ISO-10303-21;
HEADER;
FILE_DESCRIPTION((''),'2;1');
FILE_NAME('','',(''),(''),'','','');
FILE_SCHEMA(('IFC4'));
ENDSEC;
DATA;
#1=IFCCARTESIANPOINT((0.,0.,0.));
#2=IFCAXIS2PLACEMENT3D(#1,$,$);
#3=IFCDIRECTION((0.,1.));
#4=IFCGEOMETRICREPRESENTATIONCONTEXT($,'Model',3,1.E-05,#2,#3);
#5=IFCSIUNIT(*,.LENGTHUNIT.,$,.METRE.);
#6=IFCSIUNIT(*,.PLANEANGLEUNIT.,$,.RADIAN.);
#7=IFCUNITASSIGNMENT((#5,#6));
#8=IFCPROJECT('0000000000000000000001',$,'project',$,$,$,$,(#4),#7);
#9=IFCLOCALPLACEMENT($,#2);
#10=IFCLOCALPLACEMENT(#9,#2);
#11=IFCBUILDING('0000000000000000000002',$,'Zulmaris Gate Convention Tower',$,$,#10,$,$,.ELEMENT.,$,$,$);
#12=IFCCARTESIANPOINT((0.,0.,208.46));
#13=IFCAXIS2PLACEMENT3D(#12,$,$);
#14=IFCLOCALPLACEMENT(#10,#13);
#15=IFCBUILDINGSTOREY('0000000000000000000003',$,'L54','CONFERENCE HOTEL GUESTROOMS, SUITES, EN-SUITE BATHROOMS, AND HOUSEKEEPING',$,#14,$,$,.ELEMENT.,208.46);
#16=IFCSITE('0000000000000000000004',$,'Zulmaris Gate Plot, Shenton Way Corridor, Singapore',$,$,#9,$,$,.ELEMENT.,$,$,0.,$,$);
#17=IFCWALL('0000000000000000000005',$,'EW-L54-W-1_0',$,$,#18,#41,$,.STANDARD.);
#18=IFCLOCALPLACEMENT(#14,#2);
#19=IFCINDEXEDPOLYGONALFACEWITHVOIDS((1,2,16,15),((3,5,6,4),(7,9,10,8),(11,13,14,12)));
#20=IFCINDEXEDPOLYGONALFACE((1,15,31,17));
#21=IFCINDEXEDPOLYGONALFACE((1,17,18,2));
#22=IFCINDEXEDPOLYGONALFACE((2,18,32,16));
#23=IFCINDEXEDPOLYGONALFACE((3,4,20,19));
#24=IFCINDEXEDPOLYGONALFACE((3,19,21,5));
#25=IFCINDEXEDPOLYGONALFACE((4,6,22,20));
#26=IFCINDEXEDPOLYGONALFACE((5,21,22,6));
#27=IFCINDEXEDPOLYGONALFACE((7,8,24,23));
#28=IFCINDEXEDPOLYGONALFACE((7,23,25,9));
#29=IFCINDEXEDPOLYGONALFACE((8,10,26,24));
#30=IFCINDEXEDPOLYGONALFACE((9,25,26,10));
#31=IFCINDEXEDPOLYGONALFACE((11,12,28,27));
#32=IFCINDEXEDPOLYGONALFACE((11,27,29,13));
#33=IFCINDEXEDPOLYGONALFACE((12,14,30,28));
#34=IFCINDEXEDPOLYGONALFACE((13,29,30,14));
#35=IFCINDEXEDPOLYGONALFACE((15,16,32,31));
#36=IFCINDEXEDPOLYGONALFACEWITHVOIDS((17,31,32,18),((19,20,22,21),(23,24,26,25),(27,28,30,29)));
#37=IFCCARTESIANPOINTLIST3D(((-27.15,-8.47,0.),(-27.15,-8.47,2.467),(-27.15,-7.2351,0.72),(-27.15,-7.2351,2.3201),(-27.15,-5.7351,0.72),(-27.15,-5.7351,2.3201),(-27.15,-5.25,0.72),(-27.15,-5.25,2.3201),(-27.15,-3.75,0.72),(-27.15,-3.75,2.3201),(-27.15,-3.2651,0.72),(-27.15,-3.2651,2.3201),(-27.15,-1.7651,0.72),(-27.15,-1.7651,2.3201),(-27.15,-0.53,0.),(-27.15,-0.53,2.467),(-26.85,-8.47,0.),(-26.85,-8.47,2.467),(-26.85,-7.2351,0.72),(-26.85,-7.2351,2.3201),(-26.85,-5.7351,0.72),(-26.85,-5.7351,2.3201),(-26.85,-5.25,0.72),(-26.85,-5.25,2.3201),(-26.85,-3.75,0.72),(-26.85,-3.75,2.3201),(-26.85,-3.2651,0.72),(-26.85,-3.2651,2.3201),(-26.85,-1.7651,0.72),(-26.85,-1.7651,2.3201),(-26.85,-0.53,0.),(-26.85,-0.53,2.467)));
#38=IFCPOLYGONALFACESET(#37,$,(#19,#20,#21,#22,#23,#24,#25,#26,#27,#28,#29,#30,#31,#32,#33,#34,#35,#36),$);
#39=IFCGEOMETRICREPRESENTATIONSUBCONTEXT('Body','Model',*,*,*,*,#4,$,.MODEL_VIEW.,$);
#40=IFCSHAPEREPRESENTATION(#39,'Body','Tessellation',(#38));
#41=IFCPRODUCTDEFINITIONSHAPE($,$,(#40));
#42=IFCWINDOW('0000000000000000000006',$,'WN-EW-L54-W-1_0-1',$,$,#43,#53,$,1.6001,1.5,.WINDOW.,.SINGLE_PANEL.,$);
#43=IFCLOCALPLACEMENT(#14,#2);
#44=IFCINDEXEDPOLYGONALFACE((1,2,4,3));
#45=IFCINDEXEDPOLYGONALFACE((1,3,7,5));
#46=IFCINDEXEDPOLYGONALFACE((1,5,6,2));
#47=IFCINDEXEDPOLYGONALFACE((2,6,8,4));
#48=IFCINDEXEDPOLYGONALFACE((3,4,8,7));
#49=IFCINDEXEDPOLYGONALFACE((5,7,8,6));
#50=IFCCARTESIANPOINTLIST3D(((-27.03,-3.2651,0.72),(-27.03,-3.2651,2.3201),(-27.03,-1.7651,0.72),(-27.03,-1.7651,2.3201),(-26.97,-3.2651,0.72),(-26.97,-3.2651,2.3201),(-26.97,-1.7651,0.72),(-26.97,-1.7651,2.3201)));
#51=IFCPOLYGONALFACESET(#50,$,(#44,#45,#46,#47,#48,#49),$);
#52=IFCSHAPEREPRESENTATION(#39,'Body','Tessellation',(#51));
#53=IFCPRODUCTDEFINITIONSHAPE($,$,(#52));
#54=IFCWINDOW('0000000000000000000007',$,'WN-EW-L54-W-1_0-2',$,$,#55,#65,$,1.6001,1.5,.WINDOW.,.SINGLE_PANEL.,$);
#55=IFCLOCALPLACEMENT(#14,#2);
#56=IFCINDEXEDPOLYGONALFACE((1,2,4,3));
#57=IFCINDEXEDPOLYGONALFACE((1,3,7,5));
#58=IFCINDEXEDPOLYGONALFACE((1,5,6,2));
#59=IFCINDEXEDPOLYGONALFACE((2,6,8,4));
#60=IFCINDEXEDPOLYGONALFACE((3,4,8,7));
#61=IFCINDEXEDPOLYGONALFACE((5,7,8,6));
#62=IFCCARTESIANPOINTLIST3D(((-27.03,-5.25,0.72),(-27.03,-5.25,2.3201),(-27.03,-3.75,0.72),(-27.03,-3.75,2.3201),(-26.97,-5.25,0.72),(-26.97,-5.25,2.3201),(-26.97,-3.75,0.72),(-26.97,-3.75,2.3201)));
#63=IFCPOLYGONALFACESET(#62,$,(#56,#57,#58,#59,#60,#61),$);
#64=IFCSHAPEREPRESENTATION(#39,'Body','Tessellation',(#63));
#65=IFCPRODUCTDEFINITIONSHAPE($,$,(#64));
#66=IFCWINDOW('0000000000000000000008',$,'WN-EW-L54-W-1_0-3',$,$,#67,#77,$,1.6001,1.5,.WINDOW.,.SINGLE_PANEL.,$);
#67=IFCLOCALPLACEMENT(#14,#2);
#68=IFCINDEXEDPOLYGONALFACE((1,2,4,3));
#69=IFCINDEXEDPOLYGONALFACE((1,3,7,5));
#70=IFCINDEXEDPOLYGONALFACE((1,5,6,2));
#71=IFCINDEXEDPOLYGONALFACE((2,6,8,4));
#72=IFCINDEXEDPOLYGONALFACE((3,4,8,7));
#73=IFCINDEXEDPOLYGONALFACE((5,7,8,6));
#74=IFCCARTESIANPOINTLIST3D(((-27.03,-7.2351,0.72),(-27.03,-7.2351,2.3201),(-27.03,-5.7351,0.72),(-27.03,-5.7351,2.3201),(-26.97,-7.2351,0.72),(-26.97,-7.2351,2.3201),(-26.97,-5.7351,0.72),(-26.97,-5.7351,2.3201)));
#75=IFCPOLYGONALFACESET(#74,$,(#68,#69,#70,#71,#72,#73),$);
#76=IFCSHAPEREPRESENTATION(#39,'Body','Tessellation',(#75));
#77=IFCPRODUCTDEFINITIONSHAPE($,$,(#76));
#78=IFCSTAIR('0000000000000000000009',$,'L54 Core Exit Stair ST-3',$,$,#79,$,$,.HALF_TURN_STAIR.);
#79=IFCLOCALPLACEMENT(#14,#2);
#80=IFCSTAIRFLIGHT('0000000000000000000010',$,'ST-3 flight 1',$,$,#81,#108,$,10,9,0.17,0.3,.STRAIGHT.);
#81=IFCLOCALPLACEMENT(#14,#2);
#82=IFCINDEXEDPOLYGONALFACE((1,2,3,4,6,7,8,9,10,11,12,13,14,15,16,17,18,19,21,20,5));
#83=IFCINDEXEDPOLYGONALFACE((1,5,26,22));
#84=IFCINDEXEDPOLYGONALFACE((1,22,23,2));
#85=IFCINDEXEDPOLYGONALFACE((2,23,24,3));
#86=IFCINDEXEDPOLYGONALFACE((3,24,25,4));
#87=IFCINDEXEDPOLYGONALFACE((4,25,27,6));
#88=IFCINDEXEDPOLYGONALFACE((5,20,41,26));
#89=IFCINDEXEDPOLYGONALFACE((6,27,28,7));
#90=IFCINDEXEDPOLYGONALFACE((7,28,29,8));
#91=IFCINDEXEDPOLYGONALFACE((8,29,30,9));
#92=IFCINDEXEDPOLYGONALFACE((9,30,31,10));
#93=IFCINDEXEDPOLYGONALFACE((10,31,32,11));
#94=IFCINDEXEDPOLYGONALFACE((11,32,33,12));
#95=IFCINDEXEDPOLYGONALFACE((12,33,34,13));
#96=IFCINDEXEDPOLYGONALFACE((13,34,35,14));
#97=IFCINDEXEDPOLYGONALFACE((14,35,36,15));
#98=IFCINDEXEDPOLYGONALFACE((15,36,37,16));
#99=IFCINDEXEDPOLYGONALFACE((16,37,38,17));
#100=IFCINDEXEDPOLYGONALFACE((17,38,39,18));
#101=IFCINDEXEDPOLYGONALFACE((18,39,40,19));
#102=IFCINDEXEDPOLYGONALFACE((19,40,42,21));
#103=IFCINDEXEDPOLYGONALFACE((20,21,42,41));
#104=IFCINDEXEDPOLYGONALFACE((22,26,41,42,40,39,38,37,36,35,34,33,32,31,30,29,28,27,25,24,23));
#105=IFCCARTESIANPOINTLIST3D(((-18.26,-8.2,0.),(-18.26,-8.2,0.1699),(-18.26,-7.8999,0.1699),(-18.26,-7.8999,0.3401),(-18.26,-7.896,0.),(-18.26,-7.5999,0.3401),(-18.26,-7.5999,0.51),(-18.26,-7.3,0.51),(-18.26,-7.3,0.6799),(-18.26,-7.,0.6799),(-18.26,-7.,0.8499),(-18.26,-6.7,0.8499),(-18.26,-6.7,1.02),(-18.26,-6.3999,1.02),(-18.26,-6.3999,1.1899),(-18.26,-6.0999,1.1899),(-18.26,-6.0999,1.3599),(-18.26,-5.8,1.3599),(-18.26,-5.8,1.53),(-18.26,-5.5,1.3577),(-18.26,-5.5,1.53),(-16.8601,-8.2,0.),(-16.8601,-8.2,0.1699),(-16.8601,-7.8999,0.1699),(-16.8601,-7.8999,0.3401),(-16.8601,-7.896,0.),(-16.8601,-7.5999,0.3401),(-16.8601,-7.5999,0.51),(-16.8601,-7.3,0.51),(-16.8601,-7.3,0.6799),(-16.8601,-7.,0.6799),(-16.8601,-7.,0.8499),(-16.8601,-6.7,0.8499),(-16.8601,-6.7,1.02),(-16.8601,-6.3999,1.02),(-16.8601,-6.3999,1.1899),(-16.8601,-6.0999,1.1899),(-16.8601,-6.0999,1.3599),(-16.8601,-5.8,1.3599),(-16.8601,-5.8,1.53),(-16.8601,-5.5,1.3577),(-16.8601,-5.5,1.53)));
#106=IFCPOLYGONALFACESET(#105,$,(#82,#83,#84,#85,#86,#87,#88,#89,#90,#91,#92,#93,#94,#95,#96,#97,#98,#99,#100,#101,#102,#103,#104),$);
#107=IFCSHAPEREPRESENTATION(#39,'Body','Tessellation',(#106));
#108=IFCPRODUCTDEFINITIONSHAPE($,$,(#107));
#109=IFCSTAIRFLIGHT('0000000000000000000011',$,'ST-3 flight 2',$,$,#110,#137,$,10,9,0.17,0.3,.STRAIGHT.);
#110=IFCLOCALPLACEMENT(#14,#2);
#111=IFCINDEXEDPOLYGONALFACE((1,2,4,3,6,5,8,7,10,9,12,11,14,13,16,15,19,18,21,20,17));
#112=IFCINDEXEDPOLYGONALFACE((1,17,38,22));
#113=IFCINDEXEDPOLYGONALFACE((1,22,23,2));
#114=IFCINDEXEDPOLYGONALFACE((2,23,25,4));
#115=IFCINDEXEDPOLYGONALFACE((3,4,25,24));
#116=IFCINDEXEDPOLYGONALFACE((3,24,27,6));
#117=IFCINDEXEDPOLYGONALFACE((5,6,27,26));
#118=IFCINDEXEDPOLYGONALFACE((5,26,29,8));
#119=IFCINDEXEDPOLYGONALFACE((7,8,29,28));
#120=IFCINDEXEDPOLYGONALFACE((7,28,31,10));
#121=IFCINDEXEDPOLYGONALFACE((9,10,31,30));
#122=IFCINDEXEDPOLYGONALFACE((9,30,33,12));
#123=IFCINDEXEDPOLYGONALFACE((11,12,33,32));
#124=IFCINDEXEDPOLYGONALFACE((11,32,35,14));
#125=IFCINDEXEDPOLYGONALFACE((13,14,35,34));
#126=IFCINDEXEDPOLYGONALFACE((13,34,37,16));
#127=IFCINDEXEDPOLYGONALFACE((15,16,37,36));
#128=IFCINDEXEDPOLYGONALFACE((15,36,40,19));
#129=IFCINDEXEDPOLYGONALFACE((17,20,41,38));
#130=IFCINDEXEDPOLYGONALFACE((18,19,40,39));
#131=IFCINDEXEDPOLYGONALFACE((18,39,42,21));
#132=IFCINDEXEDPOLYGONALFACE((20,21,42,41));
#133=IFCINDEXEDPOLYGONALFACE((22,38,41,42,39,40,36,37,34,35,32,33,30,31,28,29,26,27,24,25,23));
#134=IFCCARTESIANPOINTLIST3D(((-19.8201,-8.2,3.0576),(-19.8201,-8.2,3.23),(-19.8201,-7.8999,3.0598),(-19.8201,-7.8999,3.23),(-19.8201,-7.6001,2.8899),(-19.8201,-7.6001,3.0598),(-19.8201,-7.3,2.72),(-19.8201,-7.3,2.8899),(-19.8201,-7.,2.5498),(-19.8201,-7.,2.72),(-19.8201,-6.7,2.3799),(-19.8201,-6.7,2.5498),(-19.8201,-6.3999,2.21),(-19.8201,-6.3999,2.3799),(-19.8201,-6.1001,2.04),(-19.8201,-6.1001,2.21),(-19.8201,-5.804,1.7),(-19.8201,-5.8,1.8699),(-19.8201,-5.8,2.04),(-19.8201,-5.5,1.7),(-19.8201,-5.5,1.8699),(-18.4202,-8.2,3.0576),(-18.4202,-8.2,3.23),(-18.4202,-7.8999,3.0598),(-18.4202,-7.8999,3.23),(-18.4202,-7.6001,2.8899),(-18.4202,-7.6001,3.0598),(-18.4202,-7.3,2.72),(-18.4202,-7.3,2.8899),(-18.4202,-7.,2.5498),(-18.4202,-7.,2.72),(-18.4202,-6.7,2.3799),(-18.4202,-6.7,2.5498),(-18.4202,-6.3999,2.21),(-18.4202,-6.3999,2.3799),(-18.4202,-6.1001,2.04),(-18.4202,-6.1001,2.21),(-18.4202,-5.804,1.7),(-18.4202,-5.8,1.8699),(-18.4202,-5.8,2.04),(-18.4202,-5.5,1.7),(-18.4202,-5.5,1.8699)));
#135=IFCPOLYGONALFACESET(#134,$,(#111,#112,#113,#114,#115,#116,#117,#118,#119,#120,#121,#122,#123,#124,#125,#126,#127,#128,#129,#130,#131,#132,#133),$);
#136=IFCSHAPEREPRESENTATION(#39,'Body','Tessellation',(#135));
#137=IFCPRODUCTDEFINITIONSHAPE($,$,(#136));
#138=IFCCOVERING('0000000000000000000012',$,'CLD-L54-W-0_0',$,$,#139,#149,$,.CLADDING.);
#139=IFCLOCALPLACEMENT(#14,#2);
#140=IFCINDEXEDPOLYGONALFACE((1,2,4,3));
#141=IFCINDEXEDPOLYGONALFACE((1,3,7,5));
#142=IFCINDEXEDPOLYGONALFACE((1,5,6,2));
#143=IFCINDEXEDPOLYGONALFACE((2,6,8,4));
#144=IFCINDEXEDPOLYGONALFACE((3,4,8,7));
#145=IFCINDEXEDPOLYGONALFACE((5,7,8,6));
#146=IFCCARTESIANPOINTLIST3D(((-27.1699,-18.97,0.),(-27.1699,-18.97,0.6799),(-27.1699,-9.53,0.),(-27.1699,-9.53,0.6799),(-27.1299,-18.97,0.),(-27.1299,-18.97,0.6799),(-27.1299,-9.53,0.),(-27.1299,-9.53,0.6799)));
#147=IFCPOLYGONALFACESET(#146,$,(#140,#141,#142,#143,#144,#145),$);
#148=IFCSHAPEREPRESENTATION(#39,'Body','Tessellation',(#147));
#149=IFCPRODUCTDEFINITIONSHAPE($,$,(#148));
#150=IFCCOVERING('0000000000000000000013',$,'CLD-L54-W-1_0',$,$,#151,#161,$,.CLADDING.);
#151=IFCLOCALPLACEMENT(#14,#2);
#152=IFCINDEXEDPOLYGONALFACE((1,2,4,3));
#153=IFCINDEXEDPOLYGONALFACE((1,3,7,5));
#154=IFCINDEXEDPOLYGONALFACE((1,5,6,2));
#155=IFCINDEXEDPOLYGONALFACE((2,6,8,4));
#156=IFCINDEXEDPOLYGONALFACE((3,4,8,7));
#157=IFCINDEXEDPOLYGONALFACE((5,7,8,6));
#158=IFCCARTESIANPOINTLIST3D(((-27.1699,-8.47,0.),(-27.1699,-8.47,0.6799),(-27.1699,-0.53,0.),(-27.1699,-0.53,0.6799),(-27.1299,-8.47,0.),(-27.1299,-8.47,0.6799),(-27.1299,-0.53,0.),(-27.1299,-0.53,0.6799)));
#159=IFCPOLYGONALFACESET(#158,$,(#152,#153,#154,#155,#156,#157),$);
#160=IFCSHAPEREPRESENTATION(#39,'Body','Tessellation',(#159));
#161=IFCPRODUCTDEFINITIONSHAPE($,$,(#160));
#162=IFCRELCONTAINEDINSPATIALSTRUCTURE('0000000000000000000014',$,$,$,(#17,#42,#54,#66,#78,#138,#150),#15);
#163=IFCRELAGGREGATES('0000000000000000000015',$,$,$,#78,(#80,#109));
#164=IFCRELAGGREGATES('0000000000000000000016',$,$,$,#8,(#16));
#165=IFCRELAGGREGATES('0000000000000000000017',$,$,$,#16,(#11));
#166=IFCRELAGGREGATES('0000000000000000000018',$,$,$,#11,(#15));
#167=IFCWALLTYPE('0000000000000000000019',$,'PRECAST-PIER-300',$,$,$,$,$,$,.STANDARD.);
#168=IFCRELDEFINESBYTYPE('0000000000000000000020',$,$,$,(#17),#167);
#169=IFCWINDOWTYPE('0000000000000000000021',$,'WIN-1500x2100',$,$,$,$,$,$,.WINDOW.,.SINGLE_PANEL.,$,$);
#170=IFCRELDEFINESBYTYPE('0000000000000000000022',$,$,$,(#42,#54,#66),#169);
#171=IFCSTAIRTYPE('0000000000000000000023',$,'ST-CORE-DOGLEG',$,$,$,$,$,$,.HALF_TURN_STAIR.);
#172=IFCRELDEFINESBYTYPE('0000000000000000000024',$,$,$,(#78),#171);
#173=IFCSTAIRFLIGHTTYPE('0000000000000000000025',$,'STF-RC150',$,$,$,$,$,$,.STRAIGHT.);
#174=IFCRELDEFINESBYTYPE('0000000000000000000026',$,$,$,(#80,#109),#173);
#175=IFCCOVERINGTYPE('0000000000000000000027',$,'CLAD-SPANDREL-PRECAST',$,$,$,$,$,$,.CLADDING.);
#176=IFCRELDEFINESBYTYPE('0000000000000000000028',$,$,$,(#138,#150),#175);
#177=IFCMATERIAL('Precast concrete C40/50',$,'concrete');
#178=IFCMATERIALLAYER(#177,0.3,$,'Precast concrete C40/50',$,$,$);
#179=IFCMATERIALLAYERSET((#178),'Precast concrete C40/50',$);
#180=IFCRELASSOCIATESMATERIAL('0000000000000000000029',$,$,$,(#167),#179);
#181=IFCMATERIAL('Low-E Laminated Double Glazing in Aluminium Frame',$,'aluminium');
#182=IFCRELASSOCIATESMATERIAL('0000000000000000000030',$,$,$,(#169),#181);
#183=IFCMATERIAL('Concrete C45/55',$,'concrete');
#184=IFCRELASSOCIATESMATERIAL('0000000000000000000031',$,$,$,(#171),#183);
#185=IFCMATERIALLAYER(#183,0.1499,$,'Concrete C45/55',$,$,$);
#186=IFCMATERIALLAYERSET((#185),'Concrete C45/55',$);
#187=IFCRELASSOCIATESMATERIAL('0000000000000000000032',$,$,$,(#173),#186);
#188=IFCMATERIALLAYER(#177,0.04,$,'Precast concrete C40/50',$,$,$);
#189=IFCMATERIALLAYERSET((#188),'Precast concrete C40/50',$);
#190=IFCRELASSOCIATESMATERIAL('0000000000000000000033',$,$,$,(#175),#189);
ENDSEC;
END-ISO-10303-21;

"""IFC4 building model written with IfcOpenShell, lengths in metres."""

from ifc_helpers import new_model, si_unit, direction, frame, frame_2d, origin, place, context, subcontext, project, spatial, polyline, rectangle, outline, extrude, material, layer, layer_set, type_object, element, fill, aggregate, save


model = new_model("IFC4")

# Units and contexts
model_context = context("Model", 3, precision=1e-05, world=origin(), true_north=direction((0.0, 1.0)))
body_context = subcontext(model_context, "Body", "Model", "MODEL_VIEW")
ifc_project = project(units=[si_unit("LENGTHUNIT", "METRE"), si_unit("PLANEANGLEUNIT", "RADIAN")], contexts=[model_context])

# Site, building, storey
site_placement = place(None, origin())
site = spatial("IfcSite", under=ifc_project, at=site_placement, Name="Zulmaris Gate Plot, Shenton Way Corridor, Singapore", CompositionType="ELEMENT", RefElevation=0.0)
building_placement = place(site_placement, origin())
building = spatial("IfcBuilding", under=site, at=building_placement, Name="Zulmaris Gate Convention Tower", CompositionType="ELEMENT")
storey_placement = place(building_placement, frame((0.0, 0.0, 208.46)))
storey = spatial("IfcBuildingStorey", under=building, at=storey_placement, Name="L54", Description="CONFERENCE HOTEL GUESTROOMS, SUITES, EN-SUITE BATHROOMS, AND HOUSEKEEPING", CompositionType="ELEMENT", Elevation=208.46)

# Shared definitions
ifc_material_1 = material(Name="Precast concrete C40/50", Category="concrete")
ifc_layer_1 = layer(ifc_material_1, 0.3, Name="Precast concrete C40/50")
ifc_layer_set_1 = layer_set([ifc_layer_1], Name="Precast concrete C40/50")
wall_type_1 = type_object("IfcWallType", Name="PRECAST-PIER-300", PredefinedType="STANDARD", material=ifc_layer_set_1)

# Wall, openings, windows
wall_1_placement = place(storey_placement, frame((-27.0, -0.53, 0.0), z_axis=(0.0, 0.0, 1.0), x_axis=(0.0, -1.0, 0.0)))
wall_1 = element("IfcWall", 1, at=wall_1_placement, inside=storey, type_object=wall_type_1, Name="EW-L54-W-1_0", PredefinedType="STANDARD", context=body_context, shape_type="SweptSolid", body=[
    extrude(rectangle(XDim=7.9399, YDim=0.3, at=frame_2d((3.97, 0.0))), origin(), (0.0, 0.0, 1.0), 2.467),
])
opening_1_placement = place(wall_1_placement, frame((1.2351, 0.0, 0.72)))
opening_1 = element("IfcOpeningElement", 2, at=opening_1_placement, cuts=wall_1, PredefinedType="OPENING", context=body_context, shape_type="SweptSolid", body=[
    extrude(rectangle(XDim=1.5, YDim=1.6001, at=frame_2d((0.75, 0.8))), frame((0.0, 0.1602, 0.0), z_axis=(0.0, -1.0, 0.0), x_axis=(1.0, 0.0, 0.0)), (0.0, 0.0, 1.0), 0.3201),
])
opening_2_placement = place(wall_1_placement, frame((3.22, 0.0, 0.72)))
opening_2 = element("IfcOpeningElement", 3, at=opening_2_placement, cuts=wall_1, PredefinedType="OPENING", context=body_context, shape_type="SweptSolid", body=[
    extrude(rectangle(XDim=1.5, YDim=1.6001, at=frame_2d((0.75, 0.8))), frame((0.0, 0.1602, 0.0), z_axis=(0.0, -1.0, 0.0), x_axis=(1.0, 0.0, 0.0)), (0.0, 0.0, 1.0), 0.3201),
])
opening_3_placement = place(wall_1_placement, frame((5.2051, 0.0, 0.72)))
opening_3 = element("IfcOpeningElement", 4, at=opening_3_placement, cuts=wall_1, PredefinedType="OPENING", context=body_context, shape_type="SweptSolid", body=[
    extrude(rectangle(XDim=1.5, YDim=1.6001, at=frame_2d((0.75, 0.8))), frame((0.0, 0.1602, 0.0), z_axis=(0.0, -1.0, 0.0), x_axis=(1.0, 0.0, 0.0)), (0.0, 0.0, 1.0), 0.3201),
])
ifc_material_2 = material(Name="Low-E Laminated Double Glazing in Aluminium Frame", Category="aluminium")
window_type = type_object("IfcWindowType", Name="WIN-1500x2100", PartitioningType="SINGLE_PANEL", PredefinedType="WINDOW", material=ifc_material_2)
window_1_placement = place(opening_1_placement, origin())
window_1 = element("IfcWindow", 5, at=window_1_placement, inside=storey, type_object=window_type, Name="WN-EW-L54-W-1_0-1", OverallHeight=1.6001, OverallWidth=1.5, PartitioningType="SINGLE_PANEL", PredefinedType="WINDOW", context=body_context, shape_type="SweptSolid", body=[
    extrude(rectangle(XDim=1.5, YDim=1.6001, at=frame_2d((0.75, 0.8))), frame((0.0, 0.03, 0.0), z_axis=(0.0, -1.0, 0.0), x_axis=(1.0, 0.0, 0.0)), (0.0, 0.0, 1.0), 0.0601),
])
fill(opening_1, window_1)
window_2_placement = place(opening_2_placement, origin())
window_2 = element("IfcWindow", 6, at=window_2_placement, inside=storey, type_object=window_type, Name="WN-EW-L54-W-1_0-2", OverallHeight=1.6001, OverallWidth=1.5, PartitioningType="SINGLE_PANEL", PredefinedType="WINDOW", context=body_context, shape_type="SweptSolid", body=[
    extrude(rectangle(XDim=1.5, YDim=1.6001, at=frame_2d((0.75, 0.8))), frame((0.0, 0.03, 0.0), z_axis=(0.0, -1.0, 0.0), x_axis=(1.0, 0.0, 0.0)), (0.0, 0.0, 1.0), 0.0601),
])
fill(opening_2, window_2)
window_3_placement = place(opening_3_placement, origin())
window_3 = element("IfcWindow", 7, at=window_3_placement, inside=storey, type_object=window_type, Name="WN-EW-L54-W-1_0-3", OverallHeight=1.6001, OverallWidth=1.5, PartitioningType="SINGLE_PANEL", PredefinedType="WINDOW", context=body_context, shape_type="SweptSolid", body=[
    extrude(rectangle(XDim=1.5, YDim=1.6001, at=frame_2d((0.75, 0.8))), frame((0.0, 0.03, 0.0), z_axis=(0.0, -1.0, 0.0), x_axis=(1.0, 0.0, 0.0)), (0.0, 0.0, 1.0), 0.0601),
])
fill(opening_3, window_3)

# Stair, stair flights
ifc_material_3 = material(Name="Concrete C45/55", Category="concrete")
stair_type = type_object("IfcStairType", Name="ST-CORE-DOGLEG", PredefinedType="HALF_TURN_STAIR", material=ifc_material_3)
stair_placement = place(storey_placement, origin())
stair = element("IfcStair", 8, at=stair_placement, inside=storey, type_object=stair_type, Name="L54 Core Exit Stair ST-3", PredefinedType="HALF_TURN_STAIR")
ifc_layer_2 = layer(ifc_material_3, 0.1499, Name="Concrete C45/55")
ifc_layer_set_2 = layer_set([ifc_layer_2], Name="Concrete C45/55")
stair_flight_type = type_object("IfcStairFlightType", Name="STF-RC150", PredefinedType="STRAIGHT", material=ifc_layer_set_2)
stair_flight_1_placement = place(storey_placement, frame((-17.5601, -8.2, 0.0), z_axis=(0.0, 0.0, 1.0), x_axis=(0.0, 1.0, 0.0)))
stair_flight_1 = element("IfcStairFlight", 9, at=stair_flight_1_placement, type_object=stair_flight_type, Name="ST-3 flight 1", NumberOfRisers=10, NumberOfTreads=9, PredefinedType="STRAIGHT", RiserHeight=0.17, TreadLength=0.3, context=body_context, shape_type="SweptSolid", body=[
    extrude(outline(polyline([(0.0, 0.0), (0.0, 0.1699), (0.3, 0.1699), (0.3, 0.3401), (0.6001, 0.3401), (0.6001, 0.51), (0.8999, 0.51), (0.8999, 0.6799), (1.2, 0.6799), (1.2, 0.8499), (1.5, 0.8499), (1.5, 1.02), (1.8, 1.02), (1.8, 1.1899), (2.1001, 1.1899), (2.1001, 1.3599), (2.3999, 1.3599), (2.3999, 1.53), (2.7, 1.53), (2.7, 1.7), (2.7, 1.3577), (0.304, 0.0), (0.0, 0.0)])), frame((0.0, 0.7, 0.0), z_axis=(0.0, -1.0, 0.0), x_axis=(1.0, 0.0, 0.0)), (0.0, 0.0, 1.0), 1.3999),
])
stair_flight_2_placement = place(storey_placement, frame((-19.1201, -5.5, 1.7), z_axis=(0.0, 0.0, 1.0), x_axis=(0.0, -1.0, 0.0)))
stair_flight_2 = element("IfcStairFlight", 10, at=stair_flight_2_placement, type_object=stair_flight_type, Name="ST-3 flight 2", NumberOfRisers=10, NumberOfTreads=9, PredefinedType="STRAIGHT", RiserHeight=0.17, TreadLength=0.3, context=body_context, shape_type="SweptSolid", body=[
    extrude(outline(polyline([(0.0, 0.0), (0.0, 0.1699), (0.3, 0.1699), (0.3, 0.3401), (0.6001, 0.3401), (0.6001, 0.51), (0.8999, 0.51), (0.8999, 0.6799), (1.2, 0.6799), (1.2, 0.8499), (1.5, 0.8499), (1.5, 1.02), (1.8, 1.02), (1.8, 1.1899), (2.1001, 1.1899), (2.1001, 1.3599), (2.3999, 1.3599), (2.3999, 1.53), (2.7, 1.53), (2.7, 1.7), (2.7, 1.3577), (0.304, 0.0), (0.0, 0.0)])), frame((0.0, 0.7, 0.0), z_axis=(0.0, -1.0, 0.0), x_axis=(1.0, 0.0, 0.0)), (0.0, 0.0, 1.0), 1.3999),
])
aggregate(stair, [stair_flight_1, stair_flight_2])

# Coverings
ifc_layer_3 = layer(ifc_material_1, 0.04, Name="Precast concrete C40/50")
ifc_layer_set_3 = layer_set([ifc_layer_3], Name="Precast concrete C40/50")
covering_type = type_object("IfcCoveringType", Name="CLAD-SPANDREL-PRECAST", PredefinedType="CLADDING", material=ifc_layer_set_3)
covering_1_placement = place(storey_placement, frame((-27.1499, -9.53, 0.0), z_axis=(0.0, 0.0, 1.0), x_axis=(0.0, -1.0, 0.0)))
element("IfcCovering", 11, at=covering_1_placement, inside=storey, type_object=covering_type, Name="CLD-L54-W-0_0", PredefinedType="CLADDING", context=body_context, shape_type="SweptSolid", body=[
    extrude(rectangle(XDim=9.4399, YDim=0.04, at=frame_2d((4.72, 0.0))), origin(), (0.0, 0.0, 1.0), 0.6799),
])
covering_2_placement = place(storey_placement, frame((-27.1499, -0.53, 0.0), z_axis=(0.0, 0.0, 1.0), x_axis=(0.0, -1.0, 0.0)))
element("IfcCovering", 12, at=covering_2_placement, inside=storey, type_object=covering_type, Name="CLD-L54-W-1_0", PredefinedType="CLADDING", context=body_context, shape_type="SweptSolid", body=[
    extrude(rectangle(XDim=7.9399, YDim=0.04, at=frame_2d((3.97, 0.0))), origin(), (0.0, 0.0, 1.0), 0.6799),
])

save(model, "model.ifc")
